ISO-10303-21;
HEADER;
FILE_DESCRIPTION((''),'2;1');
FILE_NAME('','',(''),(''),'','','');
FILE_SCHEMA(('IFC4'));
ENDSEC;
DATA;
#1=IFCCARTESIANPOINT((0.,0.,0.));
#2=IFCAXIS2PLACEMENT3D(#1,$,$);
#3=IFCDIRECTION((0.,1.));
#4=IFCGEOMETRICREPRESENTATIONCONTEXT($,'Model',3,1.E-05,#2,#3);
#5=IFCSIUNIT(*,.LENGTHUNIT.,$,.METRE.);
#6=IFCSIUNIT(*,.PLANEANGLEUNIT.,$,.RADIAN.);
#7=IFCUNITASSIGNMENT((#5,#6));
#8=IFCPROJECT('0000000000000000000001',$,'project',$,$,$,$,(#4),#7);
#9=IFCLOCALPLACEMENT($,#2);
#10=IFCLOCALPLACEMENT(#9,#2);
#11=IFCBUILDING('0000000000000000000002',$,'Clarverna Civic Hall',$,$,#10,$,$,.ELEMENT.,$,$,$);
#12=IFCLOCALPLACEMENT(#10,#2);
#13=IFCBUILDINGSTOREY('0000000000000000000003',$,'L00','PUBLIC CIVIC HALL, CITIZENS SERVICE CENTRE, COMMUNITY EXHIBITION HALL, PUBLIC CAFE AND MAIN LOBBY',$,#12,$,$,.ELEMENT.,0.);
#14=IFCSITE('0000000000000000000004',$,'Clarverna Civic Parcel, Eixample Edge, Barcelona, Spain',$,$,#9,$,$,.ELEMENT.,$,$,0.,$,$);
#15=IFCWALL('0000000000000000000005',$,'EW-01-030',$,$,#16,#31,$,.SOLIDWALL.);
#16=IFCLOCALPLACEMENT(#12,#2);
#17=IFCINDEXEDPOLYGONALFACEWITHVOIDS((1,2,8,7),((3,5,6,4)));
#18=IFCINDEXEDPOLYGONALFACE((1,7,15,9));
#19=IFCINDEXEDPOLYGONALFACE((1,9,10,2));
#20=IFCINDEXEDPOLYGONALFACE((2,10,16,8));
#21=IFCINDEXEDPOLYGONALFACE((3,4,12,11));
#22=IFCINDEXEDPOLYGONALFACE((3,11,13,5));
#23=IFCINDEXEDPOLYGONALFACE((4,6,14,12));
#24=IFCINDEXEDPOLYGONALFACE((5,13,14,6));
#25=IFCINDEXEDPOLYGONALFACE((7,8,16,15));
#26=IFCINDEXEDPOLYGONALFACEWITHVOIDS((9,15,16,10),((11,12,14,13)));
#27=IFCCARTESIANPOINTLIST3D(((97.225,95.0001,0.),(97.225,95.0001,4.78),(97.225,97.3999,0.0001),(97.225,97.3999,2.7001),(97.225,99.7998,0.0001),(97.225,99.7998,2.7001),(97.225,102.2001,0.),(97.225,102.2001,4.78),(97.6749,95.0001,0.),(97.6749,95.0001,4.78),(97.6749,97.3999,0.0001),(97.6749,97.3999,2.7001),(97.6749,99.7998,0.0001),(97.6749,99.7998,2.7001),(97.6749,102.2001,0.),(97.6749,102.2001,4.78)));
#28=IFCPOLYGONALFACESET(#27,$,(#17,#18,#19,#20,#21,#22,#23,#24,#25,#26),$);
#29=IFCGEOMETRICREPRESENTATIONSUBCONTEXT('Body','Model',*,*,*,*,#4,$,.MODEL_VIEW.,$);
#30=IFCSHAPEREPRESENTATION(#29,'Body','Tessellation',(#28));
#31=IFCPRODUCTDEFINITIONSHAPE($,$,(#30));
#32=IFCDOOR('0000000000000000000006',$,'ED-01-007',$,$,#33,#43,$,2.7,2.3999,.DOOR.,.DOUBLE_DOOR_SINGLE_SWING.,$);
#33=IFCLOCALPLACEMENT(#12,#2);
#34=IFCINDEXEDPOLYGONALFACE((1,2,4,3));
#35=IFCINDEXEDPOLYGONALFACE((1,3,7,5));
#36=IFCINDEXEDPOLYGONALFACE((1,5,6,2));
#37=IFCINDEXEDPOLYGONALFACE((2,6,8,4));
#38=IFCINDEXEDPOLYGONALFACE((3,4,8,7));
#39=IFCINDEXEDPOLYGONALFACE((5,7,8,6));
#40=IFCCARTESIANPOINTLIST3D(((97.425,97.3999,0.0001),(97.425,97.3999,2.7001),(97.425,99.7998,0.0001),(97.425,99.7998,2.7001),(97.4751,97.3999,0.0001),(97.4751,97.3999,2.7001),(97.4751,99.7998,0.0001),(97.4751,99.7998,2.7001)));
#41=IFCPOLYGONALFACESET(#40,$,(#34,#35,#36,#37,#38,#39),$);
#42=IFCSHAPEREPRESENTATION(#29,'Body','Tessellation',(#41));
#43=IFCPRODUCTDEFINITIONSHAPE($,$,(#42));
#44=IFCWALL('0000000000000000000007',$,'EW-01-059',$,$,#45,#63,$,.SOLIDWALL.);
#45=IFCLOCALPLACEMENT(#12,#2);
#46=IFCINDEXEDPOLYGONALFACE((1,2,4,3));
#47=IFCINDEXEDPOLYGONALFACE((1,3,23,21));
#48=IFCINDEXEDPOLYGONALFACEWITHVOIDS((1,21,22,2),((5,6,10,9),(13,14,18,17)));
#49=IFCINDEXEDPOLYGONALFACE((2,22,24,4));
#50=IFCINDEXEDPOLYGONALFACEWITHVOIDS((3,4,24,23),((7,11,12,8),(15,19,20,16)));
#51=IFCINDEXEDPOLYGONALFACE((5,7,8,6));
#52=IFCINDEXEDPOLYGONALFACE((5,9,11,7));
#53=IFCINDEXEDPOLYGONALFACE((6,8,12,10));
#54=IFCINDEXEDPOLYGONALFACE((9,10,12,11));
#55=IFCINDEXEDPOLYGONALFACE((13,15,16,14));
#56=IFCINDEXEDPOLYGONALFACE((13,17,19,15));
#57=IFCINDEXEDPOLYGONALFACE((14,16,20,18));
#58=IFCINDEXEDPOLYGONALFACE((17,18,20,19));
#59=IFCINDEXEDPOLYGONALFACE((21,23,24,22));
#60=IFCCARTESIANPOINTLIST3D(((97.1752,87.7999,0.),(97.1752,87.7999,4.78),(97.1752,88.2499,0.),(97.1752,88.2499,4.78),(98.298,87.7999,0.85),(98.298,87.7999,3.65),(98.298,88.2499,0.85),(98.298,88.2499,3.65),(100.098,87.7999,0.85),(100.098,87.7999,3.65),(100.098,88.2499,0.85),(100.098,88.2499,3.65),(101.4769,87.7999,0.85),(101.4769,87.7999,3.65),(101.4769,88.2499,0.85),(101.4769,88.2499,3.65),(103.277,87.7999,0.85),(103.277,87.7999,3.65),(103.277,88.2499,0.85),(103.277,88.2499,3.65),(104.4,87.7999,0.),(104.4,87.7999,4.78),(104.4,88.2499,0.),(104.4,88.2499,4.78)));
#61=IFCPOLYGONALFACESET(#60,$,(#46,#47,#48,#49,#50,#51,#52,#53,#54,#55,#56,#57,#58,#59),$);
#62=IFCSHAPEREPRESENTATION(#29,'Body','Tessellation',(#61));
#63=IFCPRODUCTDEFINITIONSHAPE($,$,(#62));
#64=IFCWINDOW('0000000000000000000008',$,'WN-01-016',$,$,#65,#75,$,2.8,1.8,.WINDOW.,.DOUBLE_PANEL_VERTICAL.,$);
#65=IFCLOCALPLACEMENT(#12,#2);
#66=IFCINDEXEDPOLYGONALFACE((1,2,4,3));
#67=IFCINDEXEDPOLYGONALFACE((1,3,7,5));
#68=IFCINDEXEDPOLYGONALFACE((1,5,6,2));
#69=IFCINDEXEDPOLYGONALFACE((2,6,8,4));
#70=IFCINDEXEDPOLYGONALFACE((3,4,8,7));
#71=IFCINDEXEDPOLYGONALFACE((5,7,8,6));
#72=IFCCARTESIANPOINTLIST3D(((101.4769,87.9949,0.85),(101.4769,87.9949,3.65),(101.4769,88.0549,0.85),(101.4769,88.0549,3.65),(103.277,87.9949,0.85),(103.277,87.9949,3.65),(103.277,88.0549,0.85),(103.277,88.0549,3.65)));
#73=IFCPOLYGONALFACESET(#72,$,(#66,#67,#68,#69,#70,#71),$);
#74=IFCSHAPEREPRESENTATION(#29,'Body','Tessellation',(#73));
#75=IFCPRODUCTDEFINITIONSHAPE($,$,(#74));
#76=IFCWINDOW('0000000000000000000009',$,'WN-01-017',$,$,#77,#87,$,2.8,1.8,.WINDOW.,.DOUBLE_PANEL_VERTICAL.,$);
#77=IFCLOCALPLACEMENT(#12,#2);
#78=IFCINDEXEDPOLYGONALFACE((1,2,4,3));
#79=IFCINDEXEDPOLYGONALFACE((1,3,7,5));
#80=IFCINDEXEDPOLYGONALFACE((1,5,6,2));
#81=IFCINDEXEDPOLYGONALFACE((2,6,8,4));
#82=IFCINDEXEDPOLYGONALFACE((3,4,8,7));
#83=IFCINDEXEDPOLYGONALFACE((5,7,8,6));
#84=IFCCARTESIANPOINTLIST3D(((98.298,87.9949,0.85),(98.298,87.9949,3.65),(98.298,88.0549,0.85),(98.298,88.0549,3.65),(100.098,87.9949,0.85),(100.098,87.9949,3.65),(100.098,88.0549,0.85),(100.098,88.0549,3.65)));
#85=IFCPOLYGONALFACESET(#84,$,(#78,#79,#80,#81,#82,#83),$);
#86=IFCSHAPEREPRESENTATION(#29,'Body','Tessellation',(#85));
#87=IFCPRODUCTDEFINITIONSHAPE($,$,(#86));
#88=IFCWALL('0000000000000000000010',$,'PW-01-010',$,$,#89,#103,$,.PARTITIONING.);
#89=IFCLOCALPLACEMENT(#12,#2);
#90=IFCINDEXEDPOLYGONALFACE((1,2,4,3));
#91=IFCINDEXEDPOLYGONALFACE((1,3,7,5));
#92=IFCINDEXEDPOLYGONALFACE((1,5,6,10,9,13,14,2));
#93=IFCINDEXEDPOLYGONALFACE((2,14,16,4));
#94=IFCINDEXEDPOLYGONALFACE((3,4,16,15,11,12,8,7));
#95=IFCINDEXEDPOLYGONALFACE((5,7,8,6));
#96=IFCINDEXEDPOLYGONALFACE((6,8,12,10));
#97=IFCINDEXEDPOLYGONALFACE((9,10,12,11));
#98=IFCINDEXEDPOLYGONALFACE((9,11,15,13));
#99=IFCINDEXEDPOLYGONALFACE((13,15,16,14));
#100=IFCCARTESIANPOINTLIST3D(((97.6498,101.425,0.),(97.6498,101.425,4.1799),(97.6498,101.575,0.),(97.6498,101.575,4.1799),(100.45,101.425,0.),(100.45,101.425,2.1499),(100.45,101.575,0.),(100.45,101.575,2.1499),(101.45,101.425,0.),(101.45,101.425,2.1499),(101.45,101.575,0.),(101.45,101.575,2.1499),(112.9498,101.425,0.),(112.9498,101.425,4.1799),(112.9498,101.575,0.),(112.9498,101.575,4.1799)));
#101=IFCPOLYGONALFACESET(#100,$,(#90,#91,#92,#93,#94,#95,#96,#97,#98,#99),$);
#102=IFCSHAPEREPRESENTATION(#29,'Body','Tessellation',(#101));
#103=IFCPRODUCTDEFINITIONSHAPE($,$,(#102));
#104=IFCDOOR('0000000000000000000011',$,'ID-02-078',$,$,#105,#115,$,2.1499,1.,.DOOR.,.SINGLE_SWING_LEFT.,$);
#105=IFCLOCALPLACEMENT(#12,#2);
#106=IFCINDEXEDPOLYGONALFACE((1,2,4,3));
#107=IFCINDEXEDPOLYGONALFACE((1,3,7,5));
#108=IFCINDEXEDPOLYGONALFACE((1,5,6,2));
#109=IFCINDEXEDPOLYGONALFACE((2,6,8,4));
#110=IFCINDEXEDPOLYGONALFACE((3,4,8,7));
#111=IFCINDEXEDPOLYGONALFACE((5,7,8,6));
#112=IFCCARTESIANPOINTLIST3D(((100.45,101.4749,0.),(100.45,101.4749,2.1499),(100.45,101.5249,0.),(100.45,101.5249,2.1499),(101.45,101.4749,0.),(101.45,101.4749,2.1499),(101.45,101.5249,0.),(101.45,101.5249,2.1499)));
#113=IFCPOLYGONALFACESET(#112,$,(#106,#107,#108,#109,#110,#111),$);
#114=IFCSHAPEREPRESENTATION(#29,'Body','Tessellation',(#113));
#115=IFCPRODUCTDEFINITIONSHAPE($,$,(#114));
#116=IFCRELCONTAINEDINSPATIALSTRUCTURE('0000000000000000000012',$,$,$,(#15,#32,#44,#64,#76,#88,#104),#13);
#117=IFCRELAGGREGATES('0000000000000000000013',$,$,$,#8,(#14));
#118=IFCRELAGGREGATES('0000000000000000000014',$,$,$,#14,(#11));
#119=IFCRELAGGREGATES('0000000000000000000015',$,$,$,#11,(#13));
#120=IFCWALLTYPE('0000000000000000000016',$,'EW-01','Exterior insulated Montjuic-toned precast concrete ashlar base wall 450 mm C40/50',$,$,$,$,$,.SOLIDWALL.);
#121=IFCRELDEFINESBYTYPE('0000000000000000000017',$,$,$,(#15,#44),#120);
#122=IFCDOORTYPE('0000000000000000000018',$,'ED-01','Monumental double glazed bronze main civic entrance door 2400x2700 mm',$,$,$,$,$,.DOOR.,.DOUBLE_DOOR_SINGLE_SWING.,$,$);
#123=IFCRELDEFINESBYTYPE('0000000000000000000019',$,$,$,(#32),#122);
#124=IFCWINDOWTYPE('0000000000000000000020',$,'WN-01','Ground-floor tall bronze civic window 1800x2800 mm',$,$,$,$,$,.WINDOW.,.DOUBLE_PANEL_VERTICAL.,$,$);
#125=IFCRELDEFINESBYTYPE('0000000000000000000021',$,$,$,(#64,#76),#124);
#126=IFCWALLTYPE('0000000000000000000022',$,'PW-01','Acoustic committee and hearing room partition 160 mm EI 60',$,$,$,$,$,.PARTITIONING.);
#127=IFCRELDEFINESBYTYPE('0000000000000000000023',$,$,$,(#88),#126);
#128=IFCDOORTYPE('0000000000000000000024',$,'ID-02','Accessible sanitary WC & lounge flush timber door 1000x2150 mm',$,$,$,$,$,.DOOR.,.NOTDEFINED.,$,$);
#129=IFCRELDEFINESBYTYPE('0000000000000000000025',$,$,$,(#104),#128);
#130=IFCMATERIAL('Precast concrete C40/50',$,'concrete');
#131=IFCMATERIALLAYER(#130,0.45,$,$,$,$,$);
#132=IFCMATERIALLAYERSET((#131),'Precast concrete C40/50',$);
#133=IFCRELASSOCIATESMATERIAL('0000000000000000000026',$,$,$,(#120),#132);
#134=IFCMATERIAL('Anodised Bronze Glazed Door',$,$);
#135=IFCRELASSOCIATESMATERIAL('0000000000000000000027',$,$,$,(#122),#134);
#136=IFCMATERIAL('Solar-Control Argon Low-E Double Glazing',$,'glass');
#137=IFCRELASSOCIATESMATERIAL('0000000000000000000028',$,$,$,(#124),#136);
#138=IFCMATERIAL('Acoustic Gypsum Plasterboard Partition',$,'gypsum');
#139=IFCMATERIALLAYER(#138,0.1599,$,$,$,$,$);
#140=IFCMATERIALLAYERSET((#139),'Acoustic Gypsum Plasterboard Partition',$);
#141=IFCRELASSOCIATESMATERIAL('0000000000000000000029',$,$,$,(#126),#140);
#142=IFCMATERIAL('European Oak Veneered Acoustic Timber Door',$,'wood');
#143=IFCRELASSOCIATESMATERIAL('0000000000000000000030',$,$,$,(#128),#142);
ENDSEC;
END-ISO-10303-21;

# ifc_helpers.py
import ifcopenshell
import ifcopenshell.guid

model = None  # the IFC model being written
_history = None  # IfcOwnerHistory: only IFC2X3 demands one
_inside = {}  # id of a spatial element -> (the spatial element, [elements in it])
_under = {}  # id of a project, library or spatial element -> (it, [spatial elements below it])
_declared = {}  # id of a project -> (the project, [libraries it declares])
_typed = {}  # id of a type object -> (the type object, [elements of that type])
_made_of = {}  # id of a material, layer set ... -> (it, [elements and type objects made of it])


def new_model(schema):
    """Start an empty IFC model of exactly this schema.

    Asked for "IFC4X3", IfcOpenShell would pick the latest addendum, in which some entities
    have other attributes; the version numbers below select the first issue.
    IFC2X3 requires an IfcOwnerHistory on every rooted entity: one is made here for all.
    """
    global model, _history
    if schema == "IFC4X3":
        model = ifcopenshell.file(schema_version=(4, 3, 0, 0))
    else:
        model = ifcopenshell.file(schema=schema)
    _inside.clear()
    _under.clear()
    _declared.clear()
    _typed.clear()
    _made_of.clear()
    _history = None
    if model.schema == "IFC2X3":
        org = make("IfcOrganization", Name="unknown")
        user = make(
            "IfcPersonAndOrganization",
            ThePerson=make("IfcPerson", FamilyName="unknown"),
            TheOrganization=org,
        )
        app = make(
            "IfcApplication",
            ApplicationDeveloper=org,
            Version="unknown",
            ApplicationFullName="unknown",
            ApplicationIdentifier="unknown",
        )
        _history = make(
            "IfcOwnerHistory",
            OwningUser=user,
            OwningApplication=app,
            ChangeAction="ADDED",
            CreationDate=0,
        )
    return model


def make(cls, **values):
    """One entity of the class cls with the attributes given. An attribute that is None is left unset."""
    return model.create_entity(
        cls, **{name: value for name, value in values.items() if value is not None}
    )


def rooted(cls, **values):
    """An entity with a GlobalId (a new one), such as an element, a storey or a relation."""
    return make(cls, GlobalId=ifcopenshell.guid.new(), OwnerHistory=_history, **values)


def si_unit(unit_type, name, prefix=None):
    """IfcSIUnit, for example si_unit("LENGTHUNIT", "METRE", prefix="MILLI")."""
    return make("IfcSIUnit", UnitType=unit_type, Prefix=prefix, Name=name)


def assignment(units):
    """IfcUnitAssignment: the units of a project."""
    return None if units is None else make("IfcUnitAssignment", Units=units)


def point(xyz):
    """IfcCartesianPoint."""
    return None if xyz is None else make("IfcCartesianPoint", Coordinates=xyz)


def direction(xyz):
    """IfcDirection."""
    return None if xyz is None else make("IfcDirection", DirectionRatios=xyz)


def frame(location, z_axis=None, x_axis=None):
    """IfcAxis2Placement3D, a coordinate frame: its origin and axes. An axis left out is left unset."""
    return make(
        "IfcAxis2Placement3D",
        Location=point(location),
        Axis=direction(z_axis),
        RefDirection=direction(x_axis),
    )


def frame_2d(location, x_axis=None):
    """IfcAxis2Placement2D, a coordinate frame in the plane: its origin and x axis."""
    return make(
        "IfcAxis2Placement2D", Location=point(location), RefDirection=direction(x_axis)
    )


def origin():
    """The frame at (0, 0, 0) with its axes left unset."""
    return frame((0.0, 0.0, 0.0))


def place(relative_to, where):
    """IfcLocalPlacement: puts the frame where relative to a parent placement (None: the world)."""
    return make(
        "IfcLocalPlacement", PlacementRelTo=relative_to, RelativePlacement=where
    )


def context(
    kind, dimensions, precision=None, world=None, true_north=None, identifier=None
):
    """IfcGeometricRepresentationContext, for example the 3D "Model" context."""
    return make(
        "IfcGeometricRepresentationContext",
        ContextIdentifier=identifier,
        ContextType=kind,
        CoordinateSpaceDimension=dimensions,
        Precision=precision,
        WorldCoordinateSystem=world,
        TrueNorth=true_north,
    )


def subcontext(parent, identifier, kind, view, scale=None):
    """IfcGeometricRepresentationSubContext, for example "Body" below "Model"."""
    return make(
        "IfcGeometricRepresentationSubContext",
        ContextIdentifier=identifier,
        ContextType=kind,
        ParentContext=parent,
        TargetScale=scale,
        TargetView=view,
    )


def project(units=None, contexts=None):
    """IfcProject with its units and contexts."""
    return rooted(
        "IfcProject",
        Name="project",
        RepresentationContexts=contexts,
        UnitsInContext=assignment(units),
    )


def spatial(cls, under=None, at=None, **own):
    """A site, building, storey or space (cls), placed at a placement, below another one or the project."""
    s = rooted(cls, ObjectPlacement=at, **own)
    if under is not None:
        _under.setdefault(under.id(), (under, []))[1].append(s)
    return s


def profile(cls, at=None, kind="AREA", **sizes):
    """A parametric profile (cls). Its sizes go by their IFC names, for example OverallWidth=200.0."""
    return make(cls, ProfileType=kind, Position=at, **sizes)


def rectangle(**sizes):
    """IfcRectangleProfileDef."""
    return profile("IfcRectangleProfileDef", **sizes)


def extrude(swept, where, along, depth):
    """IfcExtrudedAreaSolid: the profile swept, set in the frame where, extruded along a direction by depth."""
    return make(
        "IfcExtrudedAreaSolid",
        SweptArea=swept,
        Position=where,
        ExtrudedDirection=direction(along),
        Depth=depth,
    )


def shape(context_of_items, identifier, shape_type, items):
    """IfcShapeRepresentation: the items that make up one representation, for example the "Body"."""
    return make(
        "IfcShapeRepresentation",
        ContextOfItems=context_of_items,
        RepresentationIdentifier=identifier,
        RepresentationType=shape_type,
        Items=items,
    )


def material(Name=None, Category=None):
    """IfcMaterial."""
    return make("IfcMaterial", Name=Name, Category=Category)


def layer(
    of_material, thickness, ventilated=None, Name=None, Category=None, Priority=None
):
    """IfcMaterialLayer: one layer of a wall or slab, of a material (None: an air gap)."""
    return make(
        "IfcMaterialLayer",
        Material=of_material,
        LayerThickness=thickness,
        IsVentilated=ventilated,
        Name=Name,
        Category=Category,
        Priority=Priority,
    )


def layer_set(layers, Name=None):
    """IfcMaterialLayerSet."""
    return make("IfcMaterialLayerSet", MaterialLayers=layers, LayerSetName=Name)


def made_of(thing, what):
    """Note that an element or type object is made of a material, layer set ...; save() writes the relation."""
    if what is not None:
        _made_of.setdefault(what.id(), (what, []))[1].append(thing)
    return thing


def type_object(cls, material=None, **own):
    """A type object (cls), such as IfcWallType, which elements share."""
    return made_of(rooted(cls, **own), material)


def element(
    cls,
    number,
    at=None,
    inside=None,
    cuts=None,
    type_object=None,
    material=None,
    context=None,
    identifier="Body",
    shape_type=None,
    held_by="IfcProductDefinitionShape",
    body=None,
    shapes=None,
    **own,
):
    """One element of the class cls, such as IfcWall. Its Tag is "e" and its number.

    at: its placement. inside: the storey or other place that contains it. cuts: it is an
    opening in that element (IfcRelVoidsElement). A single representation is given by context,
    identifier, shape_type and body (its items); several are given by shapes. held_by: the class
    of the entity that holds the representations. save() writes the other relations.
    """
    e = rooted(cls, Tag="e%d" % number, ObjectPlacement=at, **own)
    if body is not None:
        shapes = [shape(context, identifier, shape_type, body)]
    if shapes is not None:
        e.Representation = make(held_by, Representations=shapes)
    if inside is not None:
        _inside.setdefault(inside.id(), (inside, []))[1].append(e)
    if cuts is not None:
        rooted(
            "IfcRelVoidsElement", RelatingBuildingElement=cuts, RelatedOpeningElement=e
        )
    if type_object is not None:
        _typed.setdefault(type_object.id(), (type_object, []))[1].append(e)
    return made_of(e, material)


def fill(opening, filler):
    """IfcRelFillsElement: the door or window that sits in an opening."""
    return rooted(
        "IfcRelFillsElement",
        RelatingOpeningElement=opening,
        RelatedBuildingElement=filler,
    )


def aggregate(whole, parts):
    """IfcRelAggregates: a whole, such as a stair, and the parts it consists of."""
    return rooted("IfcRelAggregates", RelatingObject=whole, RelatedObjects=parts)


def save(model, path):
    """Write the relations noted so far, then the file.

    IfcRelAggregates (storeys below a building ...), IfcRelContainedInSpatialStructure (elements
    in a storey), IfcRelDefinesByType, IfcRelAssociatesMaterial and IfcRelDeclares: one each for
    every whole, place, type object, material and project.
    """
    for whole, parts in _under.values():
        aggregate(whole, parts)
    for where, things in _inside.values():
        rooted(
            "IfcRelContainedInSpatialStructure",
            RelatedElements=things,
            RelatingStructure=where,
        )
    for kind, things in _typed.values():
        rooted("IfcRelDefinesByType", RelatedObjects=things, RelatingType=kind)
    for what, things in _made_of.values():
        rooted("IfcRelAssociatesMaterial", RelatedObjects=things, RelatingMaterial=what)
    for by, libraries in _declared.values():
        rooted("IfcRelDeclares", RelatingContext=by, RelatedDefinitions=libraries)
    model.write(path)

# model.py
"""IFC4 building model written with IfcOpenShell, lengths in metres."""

from ifc_helpers import new_model, si_unit, direction, frame, frame_2d, origin, place, context, subcontext, project, spatial, rectangle, extrude, material, layer, layer_set, type_object, element, fill, save


model = new_model("IFC4")

# Units and contexts
model_context = context("Model", 3, precision=1e-05, world=origin(), true_north=direction((0.0, 1.0)))
body_context = subcontext(model_context, "Body", "Model", "MODEL_VIEW")
ifc_project = project(units=[si_unit("LENGTHUNIT", "METRE"), si_unit("PLANEANGLEUNIT", "RADIAN")], contexts=[model_context])

# Site, building, storey
site_placement = place(None, origin())
site = spatial("IfcSite", under=ifc_project, at=site_placement, Name="Clarverna Civic Parcel, Eixample Edge, Barcelona, Spain", CompositionType="ELEMENT", RefElevation=0.0)
building_placement = place(site_placement, origin())
building = spatial("IfcBuilding", under=site, at=building_placement, Name="Clarverna Civic Hall", CompositionType="ELEMENT")
storey_placement = place(building_placement, origin())
storey = spatial("IfcBuildingStorey", under=building, at=storey_placement, Name="L00", Description="PUBLIC CIVIC HALL, CITIZENS SERVICE CENTRE, COMMUNITY EXHIBITION HALL, PUBLIC CAFE AND MAIN LOBBY", CompositionType="ELEMENT", Elevation=0.0)

# Wall, opening, door
ifc_material_1 = material(Name="Precast concrete C40/50", Category="concrete")
ifc_layer_1 = layer(ifc_material_1, 0.45)
ifc_layer_set_1 = layer_set([ifc_layer_1], Name="Precast concrete C40/50")
wall_type_1 = type_object("IfcWallType", Name="EW-01", Description="Exterior insulated Montjuic-toned precast concrete ashlar base wall 450 mm C40/50", PredefinedType="SOLIDWALL", material=ifc_layer_set_1)
wall_1_placement = place(storey_placement, frame((97.45, 95.0, 0.0), z_axis=(0.0, 0.0, 1.0), x_axis=(0.0, 1.0, 0.0)))
wall_1 = element("IfcWall", 1, at=wall_1_placement, inside=storey, type_object=wall_type_1, Name="EW-01-030", PredefinedType="SOLIDWALL", context=body_context, shape_type="SweptSolid", body=[
    extrude(rectangle(XDim=7.2, YDim=0.45, at=frame_2d((3.6001, 0.0))), origin(), (0.0, 0.0, 1.0), 4.78),
])
opening_1_placement = place(wall_1_placement, frame((2.3999, 0.0, 0.0)))
opening_1 = element("IfcOpeningElement", 2, at=opening_1_placement, cuts=wall_1, PredefinedType="OPENING", context=body_context, shape_type="SweptSolid", body=[
    extrude(rectangle(XDim=2.3999, YDim=2.7, at=frame_2d((1.2, 1.3501))), frame((0.0, 0.2349, 0.0), z_axis=(0.0, -1.0, 0.0), x_axis=(1.0, 0.0, 0.0)), (0.0, 0.0, 1.0), 0.47),
])
ifc_material_2 = material(Name="Anodised Bronze Glazed Door")
door_type_1 = type_object("IfcDoorType", Name="ED-01", Description="Monumental double glazed bronze main civic entrance door 2400x2700 mm", OperationType="DOUBLE_DOOR_SINGLE_SWING", PredefinedType="DOOR", material=ifc_material_2)
door_1_placement = place(opening_1_placement, origin())
door_1 = element("IfcDoor", 3, at=door_1_placement, inside=storey, type_object=door_type_1, Name="ED-01-007", OperationType="DOUBLE_DOOR_SINGLE_SWING", OverallHeight=2.7, OverallWidth=2.3999, PredefinedType="DOOR", context=body_context, shape_type="SweptSolid", body=[
    extrude(rectangle(XDim=2.3999, YDim=2.7, at=frame_2d((1.2, 1.3501))), frame((0.0, 0.0249, 0.0), z_axis=(0.0, -1.0, 0.0), x_axis=(1.0, 0.0, 0.0)), (0.0, 0.0, 1.0), 0.05),
])
fill(opening_1, door_1)

# Wall, openings, windows
wall_2_placement = place(storey_placement, frame((104.3999, 88.0249, 0.0), z_axis=(0.0, 0.0, 1.0), x_axis=(-1.0, 0.0, 0.0)))
wall_2 = element("IfcWall", 4, at=wall_2_placement, inside=storey, type_object=wall_type_1, Name="EW-01-059", PredefinedType="SOLIDWALL", context=body_context, shape_type="SweptSolid", body=[
    extrude(rectangle(XDim=7.2249, YDim=0.45, at=frame_2d((3.6123, 0.0))), origin(), (0.0, 0.0, 1.0), 4.78),
])
opening_2_placement = place(wall_2_placement, frame((1.123, 0.0, 0.8501)))
opening_2 = element("IfcOpeningElement", 5, at=opening_2_placement, cuts=wall_2, PredefinedType="OPENING", context=body_context, shape_type="SweptSolid", body=[
    extrude(rectangle(XDim=1.8, YDim=2.8, at=frame_2d((0.8999, 1.3999))), frame((0.0, 0.2349, 0.0), z_axis=(0.0, -1.0, 0.0), x_axis=(1.0, 0.0, 0.0)), (0.0, 0.0, 1.0), 0.47),
])
opening_3_placement = place(wall_2_placement, frame((4.302, 0.0, 0.8501)))
opening_3 = element("IfcOpeningElement", 6, at=opening_3_placement, cuts=wall_2, PredefinedType="OPENING", context=body_context, shape_type="SweptSolid", body=[
    extrude(rectangle(XDim=1.8, YDim=2.8, at=frame_2d((0.8999, 1.3999))), frame((0.0, 0.2349, 0.0), z_axis=(0.0, -1.0, 0.0), x_axis=(1.0, 0.0, 0.0)), (0.0, 0.0, 1.0), 0.47),
])
ifc_material_3 = material(Name="Solar-Control Argon Low-E Double Glazing", Category="glass")
window_type = type_object("IfcWindowType", Name="WN-01", Description="Ground-floor tall bronze civic window 1800x2800 mm", PartitioningType="DOUBLE_PANEL_VERTICAL", PredefinedType="WINDOW", material=ifc_material_3)
window_1_placement = place(opening_2_placement, origin())
window_1 = element("IfcWindow", 7, at=window_1_placement, inside=storey, type_object=window_type, Name="WN-01-016", OverallHeight=2.8, OverallWidth=1.8, PartitioningType="DOUBLE_PANEL_VERTICAL", PredefinedType="WINDOW", context=body_context, shape_type="SweptSolid", body=[
    extrude(rectangle(XDim=1.8, YDim=2.8, at=frame_2d((0.8999, 1.3999))), frame((0.0, 0.03, 0.0), z_axis=(0.0, -1.0, 0.0), x_axis=(1.0, 0.0, 0.0)), (0.0, 0.0, 1.0), 0.0601),
])
fill(opening_2, window_1)
window_2_placement = place(opening_3_placement, origin())
window_2 = element("IfcWindow", 8, at=window_2_placement, inside=storey, type_object=window_type, Name="WN-01-017", OverallHeight=2.8, OverallWidth=1.8, PartitioningType="DOUBLE_PANEL_VERTICAL", PredefinedType="WINDOW", context=body_context, shape_type="SweptSolid", body=[
    extrude(rectangle(XDim=1.8, YDim=2.8, at=frame_2d((0.8999, 1.3999))), frame((0.0, 0.03, 0.0), z_axis=(0.0, -1.0, 0.0), x_axis=(1.0, 0.0, 0.0)), (0.0, 0.0, 1.0), 0.0601),
])
fill(opening_3, window_2)

# Wall, opening, door
ifc_material_4 = material(Name="Acoustic Gypsum Plasterboard Partition", Category="gypsum")
ifc_layer_2 = layer(ifc_material_4, 0.1599)
ifc_layer_set_2 = layer_set([ifc_layer_2], Name="Acoustic Gypsum Plasterboard Partition")
wall_type_2 = type_object("IfcWallType", Name="PW-01", Description="Acoustic committee and hearing room partition 160 mm EI 60", PredefinedType="PARTITIONING", material=ifc_layer_set_2)
wall_3_placement = place(storey_placement, frame((97.6499, 101.5, 0.0), z_axis=(0.0, 0.0, 1.0), x_axis=(1.0, 0.0, 0.0)))
wall_3 = element("IfcWall", 9, at=wall_3_placement, inside=storey, type_object=wall_type_2, Name="PW-01-010", PredefinedType="PARTITIONING", context=body_context, shape_type="SweptSolid", body=[
    extrude(rectangle(XDim=15.3, YDim=0.1499, at=frame_2d((7.6499, 0.0))), origin(), (0.0, 0.0, 1.0), 4.1799),
])
opening_4_placement = place(wall_3_placement, frame((2.8, 0.0, 0.0)))
opening_4 = element("IfcOpeningElement", 10, at=opening_4_placement, cuts=wall_3, PredefinedType="OPENING", context=body_context, shape_type="SweptSolid", body=[
    extrude(rectangle(XDim=1.0, YDim=2.1499, at=frame_2d((0.5, 1.075))), frame((0.0, 0.085, 0.0), z_axis=(0.0, -1.0, 0.0), x_axis=(1.0, 0.0, 0.0)), (0.0, 0.0, 1.0), 0.1699),
])
ifc_material_5 = material(Name="European Oak Veneered Acoustic Timber Door", Category="wood")
door_type_2 = type_object("IfcDoorType", Name="ID-02", Description="Accessible sanitary WC & lounge flush timber door 1000x2150 mm", OperationType="NOTDEFINED", PredefinedType="DOOR", material=ifc_material_5)
door_2_placement = place(opening_4_placement, origin())
door_2 = element("IfcDoor", 11, at=door_2_placement, inside=storey, type_object=door_type_2, Name="ID-02-078", OperationType="SINGLE_SWING_LEFT", OverallHeight=2.1499, OverallWidth=1.0, PredefinedType="DOOR", context=body_context, shape_type="SweptSolid", body=[
    extrude(rectangle(XDim=1.0, YDim=2.1499, at=frame_2d((0.5, 1.075))), frame((0.0, 0.0249, 0.0), z_axis=(0.0, -1.0, 0.0), x_axis=(1.0, 0.0, 0.0)), (0.0, 0.0, 1.0), 0.05),
])
fill(opening_4, door_2)

save(model, "model.ifc")
